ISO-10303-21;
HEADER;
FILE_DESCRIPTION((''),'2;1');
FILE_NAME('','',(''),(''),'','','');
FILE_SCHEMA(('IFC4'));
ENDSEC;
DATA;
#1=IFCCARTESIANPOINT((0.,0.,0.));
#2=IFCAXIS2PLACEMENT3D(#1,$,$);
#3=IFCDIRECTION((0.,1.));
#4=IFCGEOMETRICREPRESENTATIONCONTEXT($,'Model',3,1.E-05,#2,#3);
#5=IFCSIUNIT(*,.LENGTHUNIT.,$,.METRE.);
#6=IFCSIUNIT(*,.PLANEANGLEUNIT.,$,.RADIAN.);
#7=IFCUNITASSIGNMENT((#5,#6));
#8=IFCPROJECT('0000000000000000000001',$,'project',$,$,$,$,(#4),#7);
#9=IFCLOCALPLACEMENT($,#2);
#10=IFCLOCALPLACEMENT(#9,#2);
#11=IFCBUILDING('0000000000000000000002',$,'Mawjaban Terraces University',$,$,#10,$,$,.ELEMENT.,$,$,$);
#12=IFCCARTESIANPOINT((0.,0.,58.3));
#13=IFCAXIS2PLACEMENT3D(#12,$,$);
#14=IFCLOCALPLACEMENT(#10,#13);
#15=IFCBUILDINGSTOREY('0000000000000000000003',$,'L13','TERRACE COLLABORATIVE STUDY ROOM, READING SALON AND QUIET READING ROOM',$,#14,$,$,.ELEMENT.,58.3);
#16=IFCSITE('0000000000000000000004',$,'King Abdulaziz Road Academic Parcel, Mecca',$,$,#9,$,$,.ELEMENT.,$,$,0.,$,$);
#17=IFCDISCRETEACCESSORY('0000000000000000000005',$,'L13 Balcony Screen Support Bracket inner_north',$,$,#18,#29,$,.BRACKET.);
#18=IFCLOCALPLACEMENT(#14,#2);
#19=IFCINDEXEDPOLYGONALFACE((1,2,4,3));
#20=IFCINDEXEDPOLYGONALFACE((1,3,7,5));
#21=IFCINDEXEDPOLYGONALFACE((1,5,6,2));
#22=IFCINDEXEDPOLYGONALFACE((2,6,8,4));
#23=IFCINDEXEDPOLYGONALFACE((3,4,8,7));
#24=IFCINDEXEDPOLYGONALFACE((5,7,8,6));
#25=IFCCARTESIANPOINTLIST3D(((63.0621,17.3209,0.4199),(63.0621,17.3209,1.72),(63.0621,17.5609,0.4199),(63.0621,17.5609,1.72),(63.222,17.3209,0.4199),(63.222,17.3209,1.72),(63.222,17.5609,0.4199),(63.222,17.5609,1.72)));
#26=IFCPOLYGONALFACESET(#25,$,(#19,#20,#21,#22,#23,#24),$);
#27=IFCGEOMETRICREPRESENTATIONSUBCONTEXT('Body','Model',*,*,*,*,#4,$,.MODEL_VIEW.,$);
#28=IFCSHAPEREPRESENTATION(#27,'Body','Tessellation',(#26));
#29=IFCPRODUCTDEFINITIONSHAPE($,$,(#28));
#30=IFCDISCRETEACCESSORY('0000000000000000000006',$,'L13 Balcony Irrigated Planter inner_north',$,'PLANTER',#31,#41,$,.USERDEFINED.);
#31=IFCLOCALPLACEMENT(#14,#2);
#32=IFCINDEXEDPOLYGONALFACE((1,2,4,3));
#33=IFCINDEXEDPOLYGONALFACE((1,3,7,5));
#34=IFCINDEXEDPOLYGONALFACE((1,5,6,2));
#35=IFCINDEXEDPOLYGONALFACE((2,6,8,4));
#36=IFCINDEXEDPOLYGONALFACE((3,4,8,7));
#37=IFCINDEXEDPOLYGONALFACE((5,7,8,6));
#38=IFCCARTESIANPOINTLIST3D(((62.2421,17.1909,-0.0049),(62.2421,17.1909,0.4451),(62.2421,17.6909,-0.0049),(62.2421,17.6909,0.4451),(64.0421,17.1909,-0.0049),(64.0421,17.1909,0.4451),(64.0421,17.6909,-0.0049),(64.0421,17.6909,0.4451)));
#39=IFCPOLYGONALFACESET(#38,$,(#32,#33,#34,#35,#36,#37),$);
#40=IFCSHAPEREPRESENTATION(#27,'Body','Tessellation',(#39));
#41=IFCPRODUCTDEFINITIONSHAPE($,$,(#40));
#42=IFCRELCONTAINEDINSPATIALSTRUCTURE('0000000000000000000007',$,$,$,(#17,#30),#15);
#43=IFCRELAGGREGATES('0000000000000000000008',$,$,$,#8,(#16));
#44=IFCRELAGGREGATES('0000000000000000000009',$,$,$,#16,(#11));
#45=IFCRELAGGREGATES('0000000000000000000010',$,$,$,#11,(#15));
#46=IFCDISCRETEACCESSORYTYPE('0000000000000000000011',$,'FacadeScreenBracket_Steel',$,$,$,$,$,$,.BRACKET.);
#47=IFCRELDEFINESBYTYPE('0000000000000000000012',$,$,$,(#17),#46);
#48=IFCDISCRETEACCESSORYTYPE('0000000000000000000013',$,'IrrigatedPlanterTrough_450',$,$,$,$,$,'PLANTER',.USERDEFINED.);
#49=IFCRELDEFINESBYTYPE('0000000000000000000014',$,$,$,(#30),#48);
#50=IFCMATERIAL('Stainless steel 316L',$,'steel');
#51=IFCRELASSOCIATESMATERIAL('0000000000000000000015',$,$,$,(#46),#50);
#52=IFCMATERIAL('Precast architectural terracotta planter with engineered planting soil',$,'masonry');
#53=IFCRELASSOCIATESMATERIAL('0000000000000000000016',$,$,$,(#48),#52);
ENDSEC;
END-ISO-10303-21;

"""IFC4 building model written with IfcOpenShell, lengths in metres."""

from ifc_helpers import new_model, si_unit, direction, frame, origin, origin_2d, place, context, subcontext, project, spatial, rectangle, extrude, material, type_object, element, save


model = new_model("IFC4")

# Units and contexts
model_context = context("Model", 3, precision=1e-05, world=origin(), true_north=direction((0.0, 1.0)))
body_context = subcontext(model_context, "Body", "Model", "MODEL_VIEW")
ifc_project = project(units=[si_unit("LENGTHUNIT", "METRE"), si_unit("PLANEANGLEUNIT", "RADIAN")], contexts=[model_context])

# Site, building, storey
site_placement = place(None, origin())
site = spatial("IfcSite", under=ifc_project, at=site_placement, Name="King Abdulaziz Road Academic Parcel, Mecca", CompositionType="ELEMENT", RefElevation=0.0)
building_placement = place(site_placement, origin())
building = spatial("IfcBuilding", under=site, at=building_placement, Name="Mawjaban Terraces University", CompositionType="ELEMENT")
storey_placement = place(building_placement, frame((0.0, 0.0, 58.3)))
storey = spatial("IfcBuildingStorey", under=building, at=storey_placement, Name="L13", Description="TERRACE COLLABORATIVE STUDY ROOM, READING SALON AND QUIET READING ROOM", CompositionType="ELEMENT", Elevation=58.3)

# Discrete accessories
ifc_material_1 = material(Name="Stainless steel 316L", Category="steel")
discrete_accessory_type_1 = type_object("IfcDiscreteAccessoryType", Name="FacadeScreenBracket_Steel", PredefinedType="BRACKET", material=ifc_material_1)
discrete_accessory_1_placement = place(storey_placement, frame((63.1421, 17.4409, 0.4199), z_axis=(0.0, 0.0, 1.0), x_axis=(1.0, 0.0, 0.0)))
element("IfcDiscreteAccessory", 1, at=discrete_accessory_1_placement, inside=storey, type_object=discrete_accessory_type_1, Name="L13 Balcony Screen Support Bracket inner_north", PredefinedType="BRACKET", context=body_context, shape_type="SweptSolid", body=[
    extrude(rectangle(XDim=0.1599, YDim=0.24, at=origin_2d()), origin(), (0.0, 0.0, 1.0), 1.3),
])
ifc_material_2 = material(Name="Precast architectural terracotta planter with engineered planting soil", Category="masonry")
discrete_accessory_type_2 = type_object("IfcDiscreteAccessoryType", Name="IrrigatedPlanterTrough_450", ElementType="PLANTER", PredefinedType="USERDEFINED", material=ifc_material_2)
discrete_accessory_2_placement = place(storey_placement, frame((63.1421, 17.4409, -0.0049), z_axis=(0.0, 0.0, 1.0), x_axis=(1.0, 0.0, 0.0)))
element("IfcDiscreteAccessory", 2, at=discrete_accessory_2_placement, inside=storey, type_object=discrete_accessory_type_2, Name="L13 Balcony Irrigated Planter inner_north", ObjectType="PLANTER", PredefinedType="USERDEFINED", context=body_context, shape_type="SweptSolid", body=[
    extrude(rectangle(XDim=1.8, YDim=0.5, at=origin_2d()), origin(), (0.0, 0.0, 1.0), 0.45),
])

save(model, "model.ifc")
